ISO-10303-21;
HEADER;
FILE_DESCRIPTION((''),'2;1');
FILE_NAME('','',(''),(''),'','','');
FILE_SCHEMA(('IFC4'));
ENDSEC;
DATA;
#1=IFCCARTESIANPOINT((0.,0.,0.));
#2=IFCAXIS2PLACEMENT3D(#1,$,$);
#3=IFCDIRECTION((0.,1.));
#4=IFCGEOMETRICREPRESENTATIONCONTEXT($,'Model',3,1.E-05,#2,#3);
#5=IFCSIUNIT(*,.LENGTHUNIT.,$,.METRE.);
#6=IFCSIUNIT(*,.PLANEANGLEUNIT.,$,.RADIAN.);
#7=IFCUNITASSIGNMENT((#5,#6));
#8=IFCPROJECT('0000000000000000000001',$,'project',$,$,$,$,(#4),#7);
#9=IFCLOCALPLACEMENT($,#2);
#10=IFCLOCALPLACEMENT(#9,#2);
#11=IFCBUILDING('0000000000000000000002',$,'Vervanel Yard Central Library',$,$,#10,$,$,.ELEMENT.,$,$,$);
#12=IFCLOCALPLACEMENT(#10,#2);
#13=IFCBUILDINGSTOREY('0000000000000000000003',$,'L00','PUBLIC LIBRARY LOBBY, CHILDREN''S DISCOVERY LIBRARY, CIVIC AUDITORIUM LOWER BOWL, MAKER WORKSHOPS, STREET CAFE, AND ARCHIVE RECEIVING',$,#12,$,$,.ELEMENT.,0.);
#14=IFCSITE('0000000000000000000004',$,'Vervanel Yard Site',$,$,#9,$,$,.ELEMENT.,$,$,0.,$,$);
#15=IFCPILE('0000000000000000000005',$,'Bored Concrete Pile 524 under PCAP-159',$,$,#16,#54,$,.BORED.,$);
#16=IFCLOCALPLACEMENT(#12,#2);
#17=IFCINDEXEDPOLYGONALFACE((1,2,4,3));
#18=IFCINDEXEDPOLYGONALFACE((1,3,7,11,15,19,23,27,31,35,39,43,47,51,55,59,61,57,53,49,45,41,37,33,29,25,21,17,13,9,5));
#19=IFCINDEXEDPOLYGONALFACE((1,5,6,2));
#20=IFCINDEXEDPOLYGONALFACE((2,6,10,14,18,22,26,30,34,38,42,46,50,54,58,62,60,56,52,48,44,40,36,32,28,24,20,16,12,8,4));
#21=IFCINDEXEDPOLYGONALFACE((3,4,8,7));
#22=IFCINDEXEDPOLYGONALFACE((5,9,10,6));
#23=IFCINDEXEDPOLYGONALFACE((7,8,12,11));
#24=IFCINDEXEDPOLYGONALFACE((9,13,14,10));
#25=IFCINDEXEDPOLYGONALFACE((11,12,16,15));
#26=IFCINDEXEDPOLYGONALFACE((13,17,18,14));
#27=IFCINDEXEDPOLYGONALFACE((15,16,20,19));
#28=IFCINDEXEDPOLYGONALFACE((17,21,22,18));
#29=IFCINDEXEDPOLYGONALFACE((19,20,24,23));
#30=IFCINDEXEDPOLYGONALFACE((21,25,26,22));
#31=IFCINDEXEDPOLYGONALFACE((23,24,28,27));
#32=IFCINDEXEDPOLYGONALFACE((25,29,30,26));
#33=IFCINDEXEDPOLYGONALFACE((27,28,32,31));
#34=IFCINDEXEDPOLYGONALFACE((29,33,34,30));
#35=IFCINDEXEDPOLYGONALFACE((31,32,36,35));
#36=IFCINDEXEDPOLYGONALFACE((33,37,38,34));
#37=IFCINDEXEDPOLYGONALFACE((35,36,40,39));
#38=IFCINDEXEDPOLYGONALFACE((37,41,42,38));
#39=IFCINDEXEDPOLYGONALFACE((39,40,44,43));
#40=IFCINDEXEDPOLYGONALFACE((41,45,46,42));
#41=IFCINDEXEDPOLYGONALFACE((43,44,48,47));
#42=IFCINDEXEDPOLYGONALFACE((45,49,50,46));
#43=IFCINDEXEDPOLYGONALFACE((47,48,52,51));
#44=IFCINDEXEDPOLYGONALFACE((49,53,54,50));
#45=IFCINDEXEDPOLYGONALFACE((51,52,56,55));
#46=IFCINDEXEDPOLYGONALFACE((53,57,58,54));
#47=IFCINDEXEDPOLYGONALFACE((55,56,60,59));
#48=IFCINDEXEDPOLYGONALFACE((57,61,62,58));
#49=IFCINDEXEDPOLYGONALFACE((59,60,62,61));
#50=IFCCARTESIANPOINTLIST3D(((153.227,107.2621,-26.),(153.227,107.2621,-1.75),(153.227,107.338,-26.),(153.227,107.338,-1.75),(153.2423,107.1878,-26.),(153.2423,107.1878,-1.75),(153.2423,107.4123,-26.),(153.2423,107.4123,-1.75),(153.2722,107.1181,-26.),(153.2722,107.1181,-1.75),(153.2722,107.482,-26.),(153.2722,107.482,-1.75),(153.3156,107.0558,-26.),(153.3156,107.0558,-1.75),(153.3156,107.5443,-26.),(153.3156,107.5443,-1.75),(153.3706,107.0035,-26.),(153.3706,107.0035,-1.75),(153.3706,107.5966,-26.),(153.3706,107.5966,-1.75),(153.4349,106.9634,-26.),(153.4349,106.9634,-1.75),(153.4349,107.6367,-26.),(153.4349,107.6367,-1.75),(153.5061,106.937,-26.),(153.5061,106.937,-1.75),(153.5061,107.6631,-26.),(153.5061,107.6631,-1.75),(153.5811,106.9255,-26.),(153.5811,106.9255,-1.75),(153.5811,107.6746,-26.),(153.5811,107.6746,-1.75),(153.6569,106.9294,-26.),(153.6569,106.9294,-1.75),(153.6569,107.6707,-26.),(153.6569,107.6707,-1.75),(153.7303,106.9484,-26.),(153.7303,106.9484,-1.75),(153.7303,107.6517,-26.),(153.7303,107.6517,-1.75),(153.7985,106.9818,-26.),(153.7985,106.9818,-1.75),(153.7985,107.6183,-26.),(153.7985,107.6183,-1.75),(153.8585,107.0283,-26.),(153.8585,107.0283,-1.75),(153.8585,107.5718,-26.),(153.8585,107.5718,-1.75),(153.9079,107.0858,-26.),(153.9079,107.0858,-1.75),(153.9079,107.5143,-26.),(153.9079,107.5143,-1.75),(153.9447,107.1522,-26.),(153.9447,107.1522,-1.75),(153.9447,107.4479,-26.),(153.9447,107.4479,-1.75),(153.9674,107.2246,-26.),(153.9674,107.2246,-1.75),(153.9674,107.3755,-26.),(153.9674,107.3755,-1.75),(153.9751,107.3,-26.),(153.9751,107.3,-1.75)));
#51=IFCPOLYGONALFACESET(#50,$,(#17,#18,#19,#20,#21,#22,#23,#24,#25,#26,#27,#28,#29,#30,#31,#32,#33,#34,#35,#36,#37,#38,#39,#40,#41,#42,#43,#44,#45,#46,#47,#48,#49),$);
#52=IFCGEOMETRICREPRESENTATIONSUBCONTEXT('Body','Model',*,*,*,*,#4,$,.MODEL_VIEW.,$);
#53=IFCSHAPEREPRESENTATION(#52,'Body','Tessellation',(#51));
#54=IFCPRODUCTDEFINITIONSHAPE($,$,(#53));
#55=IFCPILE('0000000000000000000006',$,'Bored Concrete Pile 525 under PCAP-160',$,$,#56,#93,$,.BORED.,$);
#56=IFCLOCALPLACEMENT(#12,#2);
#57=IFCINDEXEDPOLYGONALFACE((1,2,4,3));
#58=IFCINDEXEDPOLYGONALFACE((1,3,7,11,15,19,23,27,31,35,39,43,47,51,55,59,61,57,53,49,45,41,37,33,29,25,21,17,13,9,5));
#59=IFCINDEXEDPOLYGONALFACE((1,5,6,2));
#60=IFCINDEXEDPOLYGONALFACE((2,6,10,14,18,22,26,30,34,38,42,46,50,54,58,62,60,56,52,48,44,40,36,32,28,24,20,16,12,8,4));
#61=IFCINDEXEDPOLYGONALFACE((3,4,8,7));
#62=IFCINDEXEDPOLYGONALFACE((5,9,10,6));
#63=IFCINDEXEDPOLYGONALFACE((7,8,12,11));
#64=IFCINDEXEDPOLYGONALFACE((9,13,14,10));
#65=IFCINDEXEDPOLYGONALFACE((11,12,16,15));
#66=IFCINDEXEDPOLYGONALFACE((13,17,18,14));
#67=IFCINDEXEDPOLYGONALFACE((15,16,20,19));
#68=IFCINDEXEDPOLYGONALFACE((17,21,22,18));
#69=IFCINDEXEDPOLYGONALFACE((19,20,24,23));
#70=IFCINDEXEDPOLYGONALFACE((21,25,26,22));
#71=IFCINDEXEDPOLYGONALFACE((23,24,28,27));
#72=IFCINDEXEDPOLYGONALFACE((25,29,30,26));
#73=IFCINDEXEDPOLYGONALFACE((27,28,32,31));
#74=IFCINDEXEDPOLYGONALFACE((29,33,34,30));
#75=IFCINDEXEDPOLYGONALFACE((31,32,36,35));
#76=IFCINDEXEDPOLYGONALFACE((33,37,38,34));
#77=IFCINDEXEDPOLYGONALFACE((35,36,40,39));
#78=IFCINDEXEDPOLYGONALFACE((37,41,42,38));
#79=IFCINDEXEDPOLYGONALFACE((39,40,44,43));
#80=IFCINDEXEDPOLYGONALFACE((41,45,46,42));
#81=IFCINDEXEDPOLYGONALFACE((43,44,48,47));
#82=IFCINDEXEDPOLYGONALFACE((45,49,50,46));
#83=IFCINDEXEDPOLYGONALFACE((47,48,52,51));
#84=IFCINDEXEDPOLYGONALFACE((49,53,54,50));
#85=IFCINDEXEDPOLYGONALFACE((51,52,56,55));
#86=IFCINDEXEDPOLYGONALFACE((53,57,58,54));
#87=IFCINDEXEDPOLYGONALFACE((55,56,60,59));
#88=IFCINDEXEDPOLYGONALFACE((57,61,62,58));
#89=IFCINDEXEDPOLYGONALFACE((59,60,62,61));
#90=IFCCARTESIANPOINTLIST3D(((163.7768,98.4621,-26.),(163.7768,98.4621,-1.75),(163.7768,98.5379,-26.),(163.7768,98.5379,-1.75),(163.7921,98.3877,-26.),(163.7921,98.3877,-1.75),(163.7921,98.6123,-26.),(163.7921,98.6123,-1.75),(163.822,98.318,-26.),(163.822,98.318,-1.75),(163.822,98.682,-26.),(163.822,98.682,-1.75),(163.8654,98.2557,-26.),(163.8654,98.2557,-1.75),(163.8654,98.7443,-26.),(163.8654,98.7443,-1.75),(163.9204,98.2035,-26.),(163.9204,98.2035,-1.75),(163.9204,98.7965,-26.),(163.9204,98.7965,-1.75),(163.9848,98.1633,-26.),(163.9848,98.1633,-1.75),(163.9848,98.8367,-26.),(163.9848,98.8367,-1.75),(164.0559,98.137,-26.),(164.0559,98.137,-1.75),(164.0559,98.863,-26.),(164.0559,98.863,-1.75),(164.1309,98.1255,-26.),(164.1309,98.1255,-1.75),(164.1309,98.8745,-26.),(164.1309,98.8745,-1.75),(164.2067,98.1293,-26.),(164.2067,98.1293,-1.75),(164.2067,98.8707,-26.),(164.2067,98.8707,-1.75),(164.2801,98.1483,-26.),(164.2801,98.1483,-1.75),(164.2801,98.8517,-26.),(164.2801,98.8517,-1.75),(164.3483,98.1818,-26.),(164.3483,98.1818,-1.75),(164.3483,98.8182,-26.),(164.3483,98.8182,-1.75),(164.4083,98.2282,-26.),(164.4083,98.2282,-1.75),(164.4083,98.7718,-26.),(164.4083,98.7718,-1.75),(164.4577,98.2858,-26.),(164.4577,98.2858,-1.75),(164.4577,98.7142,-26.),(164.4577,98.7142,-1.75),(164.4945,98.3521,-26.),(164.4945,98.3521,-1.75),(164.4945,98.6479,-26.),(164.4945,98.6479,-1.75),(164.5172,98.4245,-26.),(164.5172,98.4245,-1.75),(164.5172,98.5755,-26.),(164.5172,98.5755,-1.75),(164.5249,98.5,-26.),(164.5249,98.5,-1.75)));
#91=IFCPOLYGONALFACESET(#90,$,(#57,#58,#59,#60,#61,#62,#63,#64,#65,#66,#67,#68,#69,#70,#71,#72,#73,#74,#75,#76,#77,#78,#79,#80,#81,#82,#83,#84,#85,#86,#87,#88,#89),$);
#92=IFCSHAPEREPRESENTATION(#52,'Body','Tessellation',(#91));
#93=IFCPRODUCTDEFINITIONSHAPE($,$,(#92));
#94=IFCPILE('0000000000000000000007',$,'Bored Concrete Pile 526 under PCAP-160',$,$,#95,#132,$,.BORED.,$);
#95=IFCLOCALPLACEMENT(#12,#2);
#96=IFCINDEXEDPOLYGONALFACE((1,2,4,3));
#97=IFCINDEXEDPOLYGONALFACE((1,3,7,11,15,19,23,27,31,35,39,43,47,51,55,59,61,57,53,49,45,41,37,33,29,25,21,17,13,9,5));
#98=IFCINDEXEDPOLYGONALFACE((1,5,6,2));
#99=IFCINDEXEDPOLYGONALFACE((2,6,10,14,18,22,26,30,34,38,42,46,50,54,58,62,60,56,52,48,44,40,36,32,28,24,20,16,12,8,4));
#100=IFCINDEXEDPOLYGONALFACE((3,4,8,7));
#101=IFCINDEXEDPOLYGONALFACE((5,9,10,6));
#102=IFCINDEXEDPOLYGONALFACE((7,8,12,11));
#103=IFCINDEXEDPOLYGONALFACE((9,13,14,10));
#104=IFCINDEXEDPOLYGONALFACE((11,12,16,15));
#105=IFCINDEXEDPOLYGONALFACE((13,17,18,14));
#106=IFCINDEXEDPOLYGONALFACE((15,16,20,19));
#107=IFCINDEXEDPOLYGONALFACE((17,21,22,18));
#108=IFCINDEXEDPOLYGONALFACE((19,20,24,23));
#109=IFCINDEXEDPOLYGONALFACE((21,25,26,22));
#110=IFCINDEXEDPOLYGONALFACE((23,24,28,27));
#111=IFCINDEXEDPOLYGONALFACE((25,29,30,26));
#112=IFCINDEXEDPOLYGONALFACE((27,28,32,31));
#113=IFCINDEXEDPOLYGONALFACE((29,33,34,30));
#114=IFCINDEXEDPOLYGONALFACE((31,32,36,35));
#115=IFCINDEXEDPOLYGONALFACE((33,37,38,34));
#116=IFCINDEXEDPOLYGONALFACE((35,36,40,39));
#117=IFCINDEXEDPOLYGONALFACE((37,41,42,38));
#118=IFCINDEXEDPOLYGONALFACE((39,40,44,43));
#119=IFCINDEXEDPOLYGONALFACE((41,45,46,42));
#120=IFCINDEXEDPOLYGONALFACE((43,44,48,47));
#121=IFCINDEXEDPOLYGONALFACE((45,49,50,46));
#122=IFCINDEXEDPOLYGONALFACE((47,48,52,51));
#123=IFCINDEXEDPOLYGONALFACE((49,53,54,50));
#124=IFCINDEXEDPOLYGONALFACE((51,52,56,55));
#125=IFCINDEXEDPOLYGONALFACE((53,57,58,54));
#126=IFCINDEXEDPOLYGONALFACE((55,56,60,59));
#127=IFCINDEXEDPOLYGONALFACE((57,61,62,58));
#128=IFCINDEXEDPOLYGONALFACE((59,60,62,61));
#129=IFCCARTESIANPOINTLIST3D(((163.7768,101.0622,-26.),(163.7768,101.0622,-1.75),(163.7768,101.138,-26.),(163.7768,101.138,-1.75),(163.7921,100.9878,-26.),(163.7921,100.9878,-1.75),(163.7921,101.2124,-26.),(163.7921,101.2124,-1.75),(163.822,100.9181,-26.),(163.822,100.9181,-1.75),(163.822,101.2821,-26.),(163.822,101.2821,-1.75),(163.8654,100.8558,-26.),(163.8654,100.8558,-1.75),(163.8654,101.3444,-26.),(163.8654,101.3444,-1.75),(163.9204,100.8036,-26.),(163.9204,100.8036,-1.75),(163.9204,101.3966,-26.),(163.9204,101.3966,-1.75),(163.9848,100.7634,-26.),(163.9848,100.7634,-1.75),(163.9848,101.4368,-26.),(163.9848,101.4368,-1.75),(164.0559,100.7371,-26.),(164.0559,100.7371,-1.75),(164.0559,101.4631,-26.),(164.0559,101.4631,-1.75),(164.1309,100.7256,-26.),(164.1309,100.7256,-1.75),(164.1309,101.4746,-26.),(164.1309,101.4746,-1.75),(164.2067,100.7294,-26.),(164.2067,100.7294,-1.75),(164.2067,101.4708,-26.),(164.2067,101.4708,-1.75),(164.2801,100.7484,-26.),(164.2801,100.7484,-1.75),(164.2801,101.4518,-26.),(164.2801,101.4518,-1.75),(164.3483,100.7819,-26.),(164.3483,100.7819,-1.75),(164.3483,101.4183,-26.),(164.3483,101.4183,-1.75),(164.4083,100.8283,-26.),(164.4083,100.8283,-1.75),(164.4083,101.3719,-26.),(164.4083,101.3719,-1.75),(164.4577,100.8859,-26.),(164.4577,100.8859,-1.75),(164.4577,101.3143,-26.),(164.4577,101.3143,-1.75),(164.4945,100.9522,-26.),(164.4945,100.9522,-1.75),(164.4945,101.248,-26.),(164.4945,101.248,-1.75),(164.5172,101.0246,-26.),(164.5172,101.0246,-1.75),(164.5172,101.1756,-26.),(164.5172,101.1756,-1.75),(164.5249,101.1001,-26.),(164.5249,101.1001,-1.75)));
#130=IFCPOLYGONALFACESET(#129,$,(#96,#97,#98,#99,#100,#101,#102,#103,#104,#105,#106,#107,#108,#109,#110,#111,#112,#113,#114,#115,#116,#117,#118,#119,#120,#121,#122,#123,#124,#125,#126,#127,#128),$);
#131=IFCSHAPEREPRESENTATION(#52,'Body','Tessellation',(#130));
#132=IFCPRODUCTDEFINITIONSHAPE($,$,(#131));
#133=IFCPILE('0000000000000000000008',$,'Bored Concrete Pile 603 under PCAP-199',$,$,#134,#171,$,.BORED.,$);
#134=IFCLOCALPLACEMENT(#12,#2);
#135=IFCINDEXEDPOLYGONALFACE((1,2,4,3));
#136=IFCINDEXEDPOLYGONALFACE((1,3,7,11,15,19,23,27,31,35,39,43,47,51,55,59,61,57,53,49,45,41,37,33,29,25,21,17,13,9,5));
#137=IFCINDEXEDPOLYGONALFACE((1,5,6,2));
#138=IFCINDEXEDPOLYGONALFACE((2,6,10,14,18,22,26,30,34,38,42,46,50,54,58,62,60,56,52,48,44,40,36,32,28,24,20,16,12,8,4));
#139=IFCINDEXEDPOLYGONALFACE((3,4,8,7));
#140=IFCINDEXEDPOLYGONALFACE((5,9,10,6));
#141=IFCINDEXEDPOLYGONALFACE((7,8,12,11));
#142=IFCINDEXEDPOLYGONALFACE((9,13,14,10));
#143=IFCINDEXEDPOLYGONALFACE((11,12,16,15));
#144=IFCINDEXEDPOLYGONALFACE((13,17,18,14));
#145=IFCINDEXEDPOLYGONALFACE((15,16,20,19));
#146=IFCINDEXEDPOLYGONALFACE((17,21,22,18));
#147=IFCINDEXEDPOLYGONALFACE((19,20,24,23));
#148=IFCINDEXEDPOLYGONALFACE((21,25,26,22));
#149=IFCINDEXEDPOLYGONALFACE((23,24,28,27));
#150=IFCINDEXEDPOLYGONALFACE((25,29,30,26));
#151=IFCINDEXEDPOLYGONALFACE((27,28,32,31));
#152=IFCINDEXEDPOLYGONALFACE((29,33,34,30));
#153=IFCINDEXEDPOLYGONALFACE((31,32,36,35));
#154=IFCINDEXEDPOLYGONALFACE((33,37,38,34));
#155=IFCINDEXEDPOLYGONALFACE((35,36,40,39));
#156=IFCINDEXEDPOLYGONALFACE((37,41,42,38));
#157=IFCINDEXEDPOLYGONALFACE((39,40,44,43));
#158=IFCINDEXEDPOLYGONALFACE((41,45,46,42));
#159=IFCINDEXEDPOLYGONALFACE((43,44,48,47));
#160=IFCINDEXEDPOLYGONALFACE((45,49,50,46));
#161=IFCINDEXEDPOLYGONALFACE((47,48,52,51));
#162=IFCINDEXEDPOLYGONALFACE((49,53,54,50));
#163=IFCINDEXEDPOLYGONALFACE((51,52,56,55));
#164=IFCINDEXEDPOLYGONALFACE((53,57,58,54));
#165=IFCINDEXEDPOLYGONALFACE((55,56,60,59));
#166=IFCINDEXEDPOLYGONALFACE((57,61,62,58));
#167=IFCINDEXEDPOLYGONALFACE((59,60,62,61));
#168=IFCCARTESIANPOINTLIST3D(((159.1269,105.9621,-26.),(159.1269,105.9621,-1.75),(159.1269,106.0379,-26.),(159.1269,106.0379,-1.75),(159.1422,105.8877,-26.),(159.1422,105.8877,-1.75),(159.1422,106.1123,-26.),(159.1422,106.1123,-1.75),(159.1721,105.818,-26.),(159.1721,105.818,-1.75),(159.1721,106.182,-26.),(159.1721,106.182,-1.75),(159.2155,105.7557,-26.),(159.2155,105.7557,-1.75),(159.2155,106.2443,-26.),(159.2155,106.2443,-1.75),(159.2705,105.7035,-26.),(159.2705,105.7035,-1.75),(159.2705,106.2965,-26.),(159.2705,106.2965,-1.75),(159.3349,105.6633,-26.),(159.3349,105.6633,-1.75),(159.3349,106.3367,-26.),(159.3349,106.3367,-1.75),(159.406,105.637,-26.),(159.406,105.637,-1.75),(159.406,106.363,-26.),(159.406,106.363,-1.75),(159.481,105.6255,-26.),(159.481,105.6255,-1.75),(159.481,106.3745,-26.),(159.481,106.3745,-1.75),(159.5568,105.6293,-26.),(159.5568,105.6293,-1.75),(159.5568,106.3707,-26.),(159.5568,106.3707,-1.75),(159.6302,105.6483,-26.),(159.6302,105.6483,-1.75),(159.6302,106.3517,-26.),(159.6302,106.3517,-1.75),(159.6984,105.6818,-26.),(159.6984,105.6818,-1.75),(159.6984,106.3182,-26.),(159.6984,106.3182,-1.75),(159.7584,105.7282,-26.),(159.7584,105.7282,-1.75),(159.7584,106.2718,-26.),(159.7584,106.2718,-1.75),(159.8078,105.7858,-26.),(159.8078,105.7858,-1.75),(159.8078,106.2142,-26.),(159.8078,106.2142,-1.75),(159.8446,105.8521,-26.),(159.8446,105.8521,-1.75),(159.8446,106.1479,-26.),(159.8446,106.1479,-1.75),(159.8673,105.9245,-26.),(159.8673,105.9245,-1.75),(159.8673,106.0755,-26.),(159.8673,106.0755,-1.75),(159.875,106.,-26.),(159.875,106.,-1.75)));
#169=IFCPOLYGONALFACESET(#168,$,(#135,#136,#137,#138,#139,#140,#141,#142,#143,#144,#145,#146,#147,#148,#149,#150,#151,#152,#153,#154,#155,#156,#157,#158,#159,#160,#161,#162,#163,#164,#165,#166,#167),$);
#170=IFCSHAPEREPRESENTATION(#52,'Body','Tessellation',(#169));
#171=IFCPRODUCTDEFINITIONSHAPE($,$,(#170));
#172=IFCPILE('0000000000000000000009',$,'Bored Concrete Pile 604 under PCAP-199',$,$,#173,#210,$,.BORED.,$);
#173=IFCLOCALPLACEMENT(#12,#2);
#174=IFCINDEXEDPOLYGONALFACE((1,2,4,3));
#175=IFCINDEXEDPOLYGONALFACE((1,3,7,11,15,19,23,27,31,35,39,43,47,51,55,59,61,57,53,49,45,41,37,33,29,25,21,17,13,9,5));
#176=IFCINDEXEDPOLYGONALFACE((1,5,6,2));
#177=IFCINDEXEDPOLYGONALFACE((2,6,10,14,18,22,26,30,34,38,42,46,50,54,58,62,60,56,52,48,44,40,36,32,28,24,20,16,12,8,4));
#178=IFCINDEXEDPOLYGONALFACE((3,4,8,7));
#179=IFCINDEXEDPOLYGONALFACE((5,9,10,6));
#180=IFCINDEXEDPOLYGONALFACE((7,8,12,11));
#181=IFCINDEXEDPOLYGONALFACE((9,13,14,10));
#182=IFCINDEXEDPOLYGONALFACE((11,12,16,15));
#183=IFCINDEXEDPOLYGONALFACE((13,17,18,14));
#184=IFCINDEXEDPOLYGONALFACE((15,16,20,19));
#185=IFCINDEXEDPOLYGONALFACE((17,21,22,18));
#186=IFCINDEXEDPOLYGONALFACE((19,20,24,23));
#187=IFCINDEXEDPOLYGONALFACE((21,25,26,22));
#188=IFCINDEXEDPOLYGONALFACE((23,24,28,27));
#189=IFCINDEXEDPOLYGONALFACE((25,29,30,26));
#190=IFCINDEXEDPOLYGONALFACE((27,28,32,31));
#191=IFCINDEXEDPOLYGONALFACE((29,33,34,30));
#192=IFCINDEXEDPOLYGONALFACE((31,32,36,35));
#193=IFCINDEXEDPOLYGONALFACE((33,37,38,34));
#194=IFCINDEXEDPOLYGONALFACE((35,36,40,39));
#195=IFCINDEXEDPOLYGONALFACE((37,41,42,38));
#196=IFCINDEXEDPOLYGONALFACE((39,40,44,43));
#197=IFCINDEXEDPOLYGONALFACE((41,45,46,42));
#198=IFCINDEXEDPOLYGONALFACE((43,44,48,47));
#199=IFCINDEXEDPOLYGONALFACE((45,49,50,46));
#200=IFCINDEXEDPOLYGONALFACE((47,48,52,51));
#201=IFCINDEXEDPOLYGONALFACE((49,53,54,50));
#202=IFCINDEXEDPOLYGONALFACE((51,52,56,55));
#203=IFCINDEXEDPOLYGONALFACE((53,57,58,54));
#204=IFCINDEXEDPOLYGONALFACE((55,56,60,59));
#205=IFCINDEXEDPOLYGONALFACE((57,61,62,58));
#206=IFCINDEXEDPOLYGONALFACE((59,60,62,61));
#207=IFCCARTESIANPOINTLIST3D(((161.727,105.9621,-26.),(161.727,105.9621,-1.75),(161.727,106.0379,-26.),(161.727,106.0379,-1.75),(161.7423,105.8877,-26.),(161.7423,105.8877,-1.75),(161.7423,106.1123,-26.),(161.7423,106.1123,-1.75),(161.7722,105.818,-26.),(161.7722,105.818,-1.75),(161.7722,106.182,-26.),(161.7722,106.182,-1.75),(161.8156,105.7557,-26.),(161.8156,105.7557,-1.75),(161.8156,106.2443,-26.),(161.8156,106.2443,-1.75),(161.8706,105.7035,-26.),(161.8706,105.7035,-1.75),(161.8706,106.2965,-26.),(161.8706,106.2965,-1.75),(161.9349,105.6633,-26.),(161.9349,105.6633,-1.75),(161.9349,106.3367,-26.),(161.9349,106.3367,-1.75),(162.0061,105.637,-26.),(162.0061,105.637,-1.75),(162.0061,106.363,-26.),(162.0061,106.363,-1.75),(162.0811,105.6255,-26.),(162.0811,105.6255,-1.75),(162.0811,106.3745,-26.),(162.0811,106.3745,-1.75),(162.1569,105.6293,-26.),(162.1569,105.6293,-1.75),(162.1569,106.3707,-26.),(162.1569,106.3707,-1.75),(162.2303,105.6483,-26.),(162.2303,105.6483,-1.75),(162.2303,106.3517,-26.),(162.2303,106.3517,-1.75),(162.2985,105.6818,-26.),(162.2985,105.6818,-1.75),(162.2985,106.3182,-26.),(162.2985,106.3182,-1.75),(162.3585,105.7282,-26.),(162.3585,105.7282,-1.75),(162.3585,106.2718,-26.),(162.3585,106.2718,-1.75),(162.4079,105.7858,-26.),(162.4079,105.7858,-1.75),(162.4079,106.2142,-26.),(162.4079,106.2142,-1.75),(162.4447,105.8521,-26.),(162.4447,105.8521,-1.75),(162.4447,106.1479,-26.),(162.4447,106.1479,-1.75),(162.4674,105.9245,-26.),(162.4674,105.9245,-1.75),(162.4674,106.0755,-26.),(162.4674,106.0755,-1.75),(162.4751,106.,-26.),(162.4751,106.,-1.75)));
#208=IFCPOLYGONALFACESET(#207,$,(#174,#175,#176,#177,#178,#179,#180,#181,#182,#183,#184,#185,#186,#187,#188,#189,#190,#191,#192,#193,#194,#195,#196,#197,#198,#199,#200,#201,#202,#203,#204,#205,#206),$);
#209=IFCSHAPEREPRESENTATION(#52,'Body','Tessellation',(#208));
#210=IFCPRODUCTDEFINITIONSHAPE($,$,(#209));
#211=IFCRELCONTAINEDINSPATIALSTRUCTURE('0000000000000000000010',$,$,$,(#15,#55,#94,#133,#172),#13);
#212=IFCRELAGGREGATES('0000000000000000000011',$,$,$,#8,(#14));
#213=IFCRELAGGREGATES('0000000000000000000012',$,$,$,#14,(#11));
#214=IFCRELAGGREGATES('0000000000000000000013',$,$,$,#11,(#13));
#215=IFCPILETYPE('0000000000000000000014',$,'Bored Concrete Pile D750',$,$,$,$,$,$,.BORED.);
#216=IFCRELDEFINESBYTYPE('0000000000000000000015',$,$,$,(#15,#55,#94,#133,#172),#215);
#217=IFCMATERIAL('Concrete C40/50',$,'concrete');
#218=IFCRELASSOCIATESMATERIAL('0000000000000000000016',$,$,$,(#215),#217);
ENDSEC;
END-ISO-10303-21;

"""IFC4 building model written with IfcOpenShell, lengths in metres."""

from ifc_helpers import new_model, si_unit, direction, frame, origin, origin_2d, place, context, subcontext, project, spatial, circle, extrude, material, material_profile, profile_set, type_object, element, save


model = new_model("IFC4")

# Units and contexts
model_context = context("Model", 3, precision=1e-05, world=origin(), true_north=direction((0.0, 1.0)))
body_context = subcontext(model_context, "Body", "Model", "MODEL_VIEW")
ifc_project = project(units=[si_unit("LENGTHUNIT", "METRE"), si_unit("PLANEANGLEUNIT", "RADIAN")], contexts=[model_context])

# Site, building, storey
site_placement = place(None, origin())
site = spatial("IfcSite", under=ifc_project, at=site_placement, Name="Vervanel Yard Site", CompositionType="ELEMENT", RefElevation=0.0)
building_placement = place(site_placement, origin())
building = spatial("IfcBuilding", under=site, at=building_placement, Name="Vervanel Yard Central Library", CompositionType="ELEMENT")
storey_placement = place(building_placement, origin())
storey = spatial("IfcBuildingStorey", under=building, at=storey_placement, Name="L00", Description="PUBLIC LIBRARY LOBBY, CHILDREN'S DISCOVERY LIBRARY, CIVIC AUDITORIUM LOWER BOWL, MAKER WORKSHOPS, STREET CAFE, AND ARCHIVE RECEIVING", CompositionType="ELEMENT", Elevation=0.0)

# Piles
ifc_material_1 = material(Name="Concrete C40/50", Category="concrete")
ifc_material_profile_1 = material_profile(ifc_material_1, circle(Radius=0.375, at=origin_2d()), Name="BP D750", Category="concrete")
ifc_profile_set_1 = profile_set([ifc_material_profile_1], Name="Concrete C40/50")
pile_type = type_object("IfcPileType", Name="Bored Concrete Pile D750", PredefinedType="BORED", material=ifc_profile_set_1)
for number, where, z_axis, x_axis, name in (
    (1, (153.6001, 107.3, -1.75), (0.0, 0.0, -1.0), (1.0, 0.0, 0.0), "Bored Concrete Pile 524 under PCAP-159"),
    (2, (164.1499, 98.5, -1.75), (0.0, 0.0, -1.0), (1.0, 0.0, 0.0), "Bored Concrete Pile 525 under PCAP-160"),
    (3, (164.1499, 101.1001, -1.75), (0.0, 0.0, -1.0), (1.0, 0.0, 0.0), "Bored Concrete Pile 526 under PCAP-160"),
    (4, (159.5, 106.0, -1.75), (0.0, 0.0, -1.0), (1.0, 0.0, 0.0), "Bored Concrete Pile 603 under PCAP-199"),
    (5, (162.1001, 106.0, -1.75), (0.0, 0.0, -1.0), (1.0, 0.0, 0.0), "Bored Concrete Pile 604 under PCAP-199"),
):
    element("IfcPile", number, at=place(storey_placement, frame(where, z_axis=z_axis, x_axis=x_axis)), inside=storey, type_object=pile_type, Name=name, PredefinedType="BORED", context=body_context, shape_type="SweptSolid", body=[
        extrude(circle(Radius=0.375, at=origin_2d()), origin(), (0.0, 0.0, 1.0), 24.25),
    ])

save(model, "model.ifc")
